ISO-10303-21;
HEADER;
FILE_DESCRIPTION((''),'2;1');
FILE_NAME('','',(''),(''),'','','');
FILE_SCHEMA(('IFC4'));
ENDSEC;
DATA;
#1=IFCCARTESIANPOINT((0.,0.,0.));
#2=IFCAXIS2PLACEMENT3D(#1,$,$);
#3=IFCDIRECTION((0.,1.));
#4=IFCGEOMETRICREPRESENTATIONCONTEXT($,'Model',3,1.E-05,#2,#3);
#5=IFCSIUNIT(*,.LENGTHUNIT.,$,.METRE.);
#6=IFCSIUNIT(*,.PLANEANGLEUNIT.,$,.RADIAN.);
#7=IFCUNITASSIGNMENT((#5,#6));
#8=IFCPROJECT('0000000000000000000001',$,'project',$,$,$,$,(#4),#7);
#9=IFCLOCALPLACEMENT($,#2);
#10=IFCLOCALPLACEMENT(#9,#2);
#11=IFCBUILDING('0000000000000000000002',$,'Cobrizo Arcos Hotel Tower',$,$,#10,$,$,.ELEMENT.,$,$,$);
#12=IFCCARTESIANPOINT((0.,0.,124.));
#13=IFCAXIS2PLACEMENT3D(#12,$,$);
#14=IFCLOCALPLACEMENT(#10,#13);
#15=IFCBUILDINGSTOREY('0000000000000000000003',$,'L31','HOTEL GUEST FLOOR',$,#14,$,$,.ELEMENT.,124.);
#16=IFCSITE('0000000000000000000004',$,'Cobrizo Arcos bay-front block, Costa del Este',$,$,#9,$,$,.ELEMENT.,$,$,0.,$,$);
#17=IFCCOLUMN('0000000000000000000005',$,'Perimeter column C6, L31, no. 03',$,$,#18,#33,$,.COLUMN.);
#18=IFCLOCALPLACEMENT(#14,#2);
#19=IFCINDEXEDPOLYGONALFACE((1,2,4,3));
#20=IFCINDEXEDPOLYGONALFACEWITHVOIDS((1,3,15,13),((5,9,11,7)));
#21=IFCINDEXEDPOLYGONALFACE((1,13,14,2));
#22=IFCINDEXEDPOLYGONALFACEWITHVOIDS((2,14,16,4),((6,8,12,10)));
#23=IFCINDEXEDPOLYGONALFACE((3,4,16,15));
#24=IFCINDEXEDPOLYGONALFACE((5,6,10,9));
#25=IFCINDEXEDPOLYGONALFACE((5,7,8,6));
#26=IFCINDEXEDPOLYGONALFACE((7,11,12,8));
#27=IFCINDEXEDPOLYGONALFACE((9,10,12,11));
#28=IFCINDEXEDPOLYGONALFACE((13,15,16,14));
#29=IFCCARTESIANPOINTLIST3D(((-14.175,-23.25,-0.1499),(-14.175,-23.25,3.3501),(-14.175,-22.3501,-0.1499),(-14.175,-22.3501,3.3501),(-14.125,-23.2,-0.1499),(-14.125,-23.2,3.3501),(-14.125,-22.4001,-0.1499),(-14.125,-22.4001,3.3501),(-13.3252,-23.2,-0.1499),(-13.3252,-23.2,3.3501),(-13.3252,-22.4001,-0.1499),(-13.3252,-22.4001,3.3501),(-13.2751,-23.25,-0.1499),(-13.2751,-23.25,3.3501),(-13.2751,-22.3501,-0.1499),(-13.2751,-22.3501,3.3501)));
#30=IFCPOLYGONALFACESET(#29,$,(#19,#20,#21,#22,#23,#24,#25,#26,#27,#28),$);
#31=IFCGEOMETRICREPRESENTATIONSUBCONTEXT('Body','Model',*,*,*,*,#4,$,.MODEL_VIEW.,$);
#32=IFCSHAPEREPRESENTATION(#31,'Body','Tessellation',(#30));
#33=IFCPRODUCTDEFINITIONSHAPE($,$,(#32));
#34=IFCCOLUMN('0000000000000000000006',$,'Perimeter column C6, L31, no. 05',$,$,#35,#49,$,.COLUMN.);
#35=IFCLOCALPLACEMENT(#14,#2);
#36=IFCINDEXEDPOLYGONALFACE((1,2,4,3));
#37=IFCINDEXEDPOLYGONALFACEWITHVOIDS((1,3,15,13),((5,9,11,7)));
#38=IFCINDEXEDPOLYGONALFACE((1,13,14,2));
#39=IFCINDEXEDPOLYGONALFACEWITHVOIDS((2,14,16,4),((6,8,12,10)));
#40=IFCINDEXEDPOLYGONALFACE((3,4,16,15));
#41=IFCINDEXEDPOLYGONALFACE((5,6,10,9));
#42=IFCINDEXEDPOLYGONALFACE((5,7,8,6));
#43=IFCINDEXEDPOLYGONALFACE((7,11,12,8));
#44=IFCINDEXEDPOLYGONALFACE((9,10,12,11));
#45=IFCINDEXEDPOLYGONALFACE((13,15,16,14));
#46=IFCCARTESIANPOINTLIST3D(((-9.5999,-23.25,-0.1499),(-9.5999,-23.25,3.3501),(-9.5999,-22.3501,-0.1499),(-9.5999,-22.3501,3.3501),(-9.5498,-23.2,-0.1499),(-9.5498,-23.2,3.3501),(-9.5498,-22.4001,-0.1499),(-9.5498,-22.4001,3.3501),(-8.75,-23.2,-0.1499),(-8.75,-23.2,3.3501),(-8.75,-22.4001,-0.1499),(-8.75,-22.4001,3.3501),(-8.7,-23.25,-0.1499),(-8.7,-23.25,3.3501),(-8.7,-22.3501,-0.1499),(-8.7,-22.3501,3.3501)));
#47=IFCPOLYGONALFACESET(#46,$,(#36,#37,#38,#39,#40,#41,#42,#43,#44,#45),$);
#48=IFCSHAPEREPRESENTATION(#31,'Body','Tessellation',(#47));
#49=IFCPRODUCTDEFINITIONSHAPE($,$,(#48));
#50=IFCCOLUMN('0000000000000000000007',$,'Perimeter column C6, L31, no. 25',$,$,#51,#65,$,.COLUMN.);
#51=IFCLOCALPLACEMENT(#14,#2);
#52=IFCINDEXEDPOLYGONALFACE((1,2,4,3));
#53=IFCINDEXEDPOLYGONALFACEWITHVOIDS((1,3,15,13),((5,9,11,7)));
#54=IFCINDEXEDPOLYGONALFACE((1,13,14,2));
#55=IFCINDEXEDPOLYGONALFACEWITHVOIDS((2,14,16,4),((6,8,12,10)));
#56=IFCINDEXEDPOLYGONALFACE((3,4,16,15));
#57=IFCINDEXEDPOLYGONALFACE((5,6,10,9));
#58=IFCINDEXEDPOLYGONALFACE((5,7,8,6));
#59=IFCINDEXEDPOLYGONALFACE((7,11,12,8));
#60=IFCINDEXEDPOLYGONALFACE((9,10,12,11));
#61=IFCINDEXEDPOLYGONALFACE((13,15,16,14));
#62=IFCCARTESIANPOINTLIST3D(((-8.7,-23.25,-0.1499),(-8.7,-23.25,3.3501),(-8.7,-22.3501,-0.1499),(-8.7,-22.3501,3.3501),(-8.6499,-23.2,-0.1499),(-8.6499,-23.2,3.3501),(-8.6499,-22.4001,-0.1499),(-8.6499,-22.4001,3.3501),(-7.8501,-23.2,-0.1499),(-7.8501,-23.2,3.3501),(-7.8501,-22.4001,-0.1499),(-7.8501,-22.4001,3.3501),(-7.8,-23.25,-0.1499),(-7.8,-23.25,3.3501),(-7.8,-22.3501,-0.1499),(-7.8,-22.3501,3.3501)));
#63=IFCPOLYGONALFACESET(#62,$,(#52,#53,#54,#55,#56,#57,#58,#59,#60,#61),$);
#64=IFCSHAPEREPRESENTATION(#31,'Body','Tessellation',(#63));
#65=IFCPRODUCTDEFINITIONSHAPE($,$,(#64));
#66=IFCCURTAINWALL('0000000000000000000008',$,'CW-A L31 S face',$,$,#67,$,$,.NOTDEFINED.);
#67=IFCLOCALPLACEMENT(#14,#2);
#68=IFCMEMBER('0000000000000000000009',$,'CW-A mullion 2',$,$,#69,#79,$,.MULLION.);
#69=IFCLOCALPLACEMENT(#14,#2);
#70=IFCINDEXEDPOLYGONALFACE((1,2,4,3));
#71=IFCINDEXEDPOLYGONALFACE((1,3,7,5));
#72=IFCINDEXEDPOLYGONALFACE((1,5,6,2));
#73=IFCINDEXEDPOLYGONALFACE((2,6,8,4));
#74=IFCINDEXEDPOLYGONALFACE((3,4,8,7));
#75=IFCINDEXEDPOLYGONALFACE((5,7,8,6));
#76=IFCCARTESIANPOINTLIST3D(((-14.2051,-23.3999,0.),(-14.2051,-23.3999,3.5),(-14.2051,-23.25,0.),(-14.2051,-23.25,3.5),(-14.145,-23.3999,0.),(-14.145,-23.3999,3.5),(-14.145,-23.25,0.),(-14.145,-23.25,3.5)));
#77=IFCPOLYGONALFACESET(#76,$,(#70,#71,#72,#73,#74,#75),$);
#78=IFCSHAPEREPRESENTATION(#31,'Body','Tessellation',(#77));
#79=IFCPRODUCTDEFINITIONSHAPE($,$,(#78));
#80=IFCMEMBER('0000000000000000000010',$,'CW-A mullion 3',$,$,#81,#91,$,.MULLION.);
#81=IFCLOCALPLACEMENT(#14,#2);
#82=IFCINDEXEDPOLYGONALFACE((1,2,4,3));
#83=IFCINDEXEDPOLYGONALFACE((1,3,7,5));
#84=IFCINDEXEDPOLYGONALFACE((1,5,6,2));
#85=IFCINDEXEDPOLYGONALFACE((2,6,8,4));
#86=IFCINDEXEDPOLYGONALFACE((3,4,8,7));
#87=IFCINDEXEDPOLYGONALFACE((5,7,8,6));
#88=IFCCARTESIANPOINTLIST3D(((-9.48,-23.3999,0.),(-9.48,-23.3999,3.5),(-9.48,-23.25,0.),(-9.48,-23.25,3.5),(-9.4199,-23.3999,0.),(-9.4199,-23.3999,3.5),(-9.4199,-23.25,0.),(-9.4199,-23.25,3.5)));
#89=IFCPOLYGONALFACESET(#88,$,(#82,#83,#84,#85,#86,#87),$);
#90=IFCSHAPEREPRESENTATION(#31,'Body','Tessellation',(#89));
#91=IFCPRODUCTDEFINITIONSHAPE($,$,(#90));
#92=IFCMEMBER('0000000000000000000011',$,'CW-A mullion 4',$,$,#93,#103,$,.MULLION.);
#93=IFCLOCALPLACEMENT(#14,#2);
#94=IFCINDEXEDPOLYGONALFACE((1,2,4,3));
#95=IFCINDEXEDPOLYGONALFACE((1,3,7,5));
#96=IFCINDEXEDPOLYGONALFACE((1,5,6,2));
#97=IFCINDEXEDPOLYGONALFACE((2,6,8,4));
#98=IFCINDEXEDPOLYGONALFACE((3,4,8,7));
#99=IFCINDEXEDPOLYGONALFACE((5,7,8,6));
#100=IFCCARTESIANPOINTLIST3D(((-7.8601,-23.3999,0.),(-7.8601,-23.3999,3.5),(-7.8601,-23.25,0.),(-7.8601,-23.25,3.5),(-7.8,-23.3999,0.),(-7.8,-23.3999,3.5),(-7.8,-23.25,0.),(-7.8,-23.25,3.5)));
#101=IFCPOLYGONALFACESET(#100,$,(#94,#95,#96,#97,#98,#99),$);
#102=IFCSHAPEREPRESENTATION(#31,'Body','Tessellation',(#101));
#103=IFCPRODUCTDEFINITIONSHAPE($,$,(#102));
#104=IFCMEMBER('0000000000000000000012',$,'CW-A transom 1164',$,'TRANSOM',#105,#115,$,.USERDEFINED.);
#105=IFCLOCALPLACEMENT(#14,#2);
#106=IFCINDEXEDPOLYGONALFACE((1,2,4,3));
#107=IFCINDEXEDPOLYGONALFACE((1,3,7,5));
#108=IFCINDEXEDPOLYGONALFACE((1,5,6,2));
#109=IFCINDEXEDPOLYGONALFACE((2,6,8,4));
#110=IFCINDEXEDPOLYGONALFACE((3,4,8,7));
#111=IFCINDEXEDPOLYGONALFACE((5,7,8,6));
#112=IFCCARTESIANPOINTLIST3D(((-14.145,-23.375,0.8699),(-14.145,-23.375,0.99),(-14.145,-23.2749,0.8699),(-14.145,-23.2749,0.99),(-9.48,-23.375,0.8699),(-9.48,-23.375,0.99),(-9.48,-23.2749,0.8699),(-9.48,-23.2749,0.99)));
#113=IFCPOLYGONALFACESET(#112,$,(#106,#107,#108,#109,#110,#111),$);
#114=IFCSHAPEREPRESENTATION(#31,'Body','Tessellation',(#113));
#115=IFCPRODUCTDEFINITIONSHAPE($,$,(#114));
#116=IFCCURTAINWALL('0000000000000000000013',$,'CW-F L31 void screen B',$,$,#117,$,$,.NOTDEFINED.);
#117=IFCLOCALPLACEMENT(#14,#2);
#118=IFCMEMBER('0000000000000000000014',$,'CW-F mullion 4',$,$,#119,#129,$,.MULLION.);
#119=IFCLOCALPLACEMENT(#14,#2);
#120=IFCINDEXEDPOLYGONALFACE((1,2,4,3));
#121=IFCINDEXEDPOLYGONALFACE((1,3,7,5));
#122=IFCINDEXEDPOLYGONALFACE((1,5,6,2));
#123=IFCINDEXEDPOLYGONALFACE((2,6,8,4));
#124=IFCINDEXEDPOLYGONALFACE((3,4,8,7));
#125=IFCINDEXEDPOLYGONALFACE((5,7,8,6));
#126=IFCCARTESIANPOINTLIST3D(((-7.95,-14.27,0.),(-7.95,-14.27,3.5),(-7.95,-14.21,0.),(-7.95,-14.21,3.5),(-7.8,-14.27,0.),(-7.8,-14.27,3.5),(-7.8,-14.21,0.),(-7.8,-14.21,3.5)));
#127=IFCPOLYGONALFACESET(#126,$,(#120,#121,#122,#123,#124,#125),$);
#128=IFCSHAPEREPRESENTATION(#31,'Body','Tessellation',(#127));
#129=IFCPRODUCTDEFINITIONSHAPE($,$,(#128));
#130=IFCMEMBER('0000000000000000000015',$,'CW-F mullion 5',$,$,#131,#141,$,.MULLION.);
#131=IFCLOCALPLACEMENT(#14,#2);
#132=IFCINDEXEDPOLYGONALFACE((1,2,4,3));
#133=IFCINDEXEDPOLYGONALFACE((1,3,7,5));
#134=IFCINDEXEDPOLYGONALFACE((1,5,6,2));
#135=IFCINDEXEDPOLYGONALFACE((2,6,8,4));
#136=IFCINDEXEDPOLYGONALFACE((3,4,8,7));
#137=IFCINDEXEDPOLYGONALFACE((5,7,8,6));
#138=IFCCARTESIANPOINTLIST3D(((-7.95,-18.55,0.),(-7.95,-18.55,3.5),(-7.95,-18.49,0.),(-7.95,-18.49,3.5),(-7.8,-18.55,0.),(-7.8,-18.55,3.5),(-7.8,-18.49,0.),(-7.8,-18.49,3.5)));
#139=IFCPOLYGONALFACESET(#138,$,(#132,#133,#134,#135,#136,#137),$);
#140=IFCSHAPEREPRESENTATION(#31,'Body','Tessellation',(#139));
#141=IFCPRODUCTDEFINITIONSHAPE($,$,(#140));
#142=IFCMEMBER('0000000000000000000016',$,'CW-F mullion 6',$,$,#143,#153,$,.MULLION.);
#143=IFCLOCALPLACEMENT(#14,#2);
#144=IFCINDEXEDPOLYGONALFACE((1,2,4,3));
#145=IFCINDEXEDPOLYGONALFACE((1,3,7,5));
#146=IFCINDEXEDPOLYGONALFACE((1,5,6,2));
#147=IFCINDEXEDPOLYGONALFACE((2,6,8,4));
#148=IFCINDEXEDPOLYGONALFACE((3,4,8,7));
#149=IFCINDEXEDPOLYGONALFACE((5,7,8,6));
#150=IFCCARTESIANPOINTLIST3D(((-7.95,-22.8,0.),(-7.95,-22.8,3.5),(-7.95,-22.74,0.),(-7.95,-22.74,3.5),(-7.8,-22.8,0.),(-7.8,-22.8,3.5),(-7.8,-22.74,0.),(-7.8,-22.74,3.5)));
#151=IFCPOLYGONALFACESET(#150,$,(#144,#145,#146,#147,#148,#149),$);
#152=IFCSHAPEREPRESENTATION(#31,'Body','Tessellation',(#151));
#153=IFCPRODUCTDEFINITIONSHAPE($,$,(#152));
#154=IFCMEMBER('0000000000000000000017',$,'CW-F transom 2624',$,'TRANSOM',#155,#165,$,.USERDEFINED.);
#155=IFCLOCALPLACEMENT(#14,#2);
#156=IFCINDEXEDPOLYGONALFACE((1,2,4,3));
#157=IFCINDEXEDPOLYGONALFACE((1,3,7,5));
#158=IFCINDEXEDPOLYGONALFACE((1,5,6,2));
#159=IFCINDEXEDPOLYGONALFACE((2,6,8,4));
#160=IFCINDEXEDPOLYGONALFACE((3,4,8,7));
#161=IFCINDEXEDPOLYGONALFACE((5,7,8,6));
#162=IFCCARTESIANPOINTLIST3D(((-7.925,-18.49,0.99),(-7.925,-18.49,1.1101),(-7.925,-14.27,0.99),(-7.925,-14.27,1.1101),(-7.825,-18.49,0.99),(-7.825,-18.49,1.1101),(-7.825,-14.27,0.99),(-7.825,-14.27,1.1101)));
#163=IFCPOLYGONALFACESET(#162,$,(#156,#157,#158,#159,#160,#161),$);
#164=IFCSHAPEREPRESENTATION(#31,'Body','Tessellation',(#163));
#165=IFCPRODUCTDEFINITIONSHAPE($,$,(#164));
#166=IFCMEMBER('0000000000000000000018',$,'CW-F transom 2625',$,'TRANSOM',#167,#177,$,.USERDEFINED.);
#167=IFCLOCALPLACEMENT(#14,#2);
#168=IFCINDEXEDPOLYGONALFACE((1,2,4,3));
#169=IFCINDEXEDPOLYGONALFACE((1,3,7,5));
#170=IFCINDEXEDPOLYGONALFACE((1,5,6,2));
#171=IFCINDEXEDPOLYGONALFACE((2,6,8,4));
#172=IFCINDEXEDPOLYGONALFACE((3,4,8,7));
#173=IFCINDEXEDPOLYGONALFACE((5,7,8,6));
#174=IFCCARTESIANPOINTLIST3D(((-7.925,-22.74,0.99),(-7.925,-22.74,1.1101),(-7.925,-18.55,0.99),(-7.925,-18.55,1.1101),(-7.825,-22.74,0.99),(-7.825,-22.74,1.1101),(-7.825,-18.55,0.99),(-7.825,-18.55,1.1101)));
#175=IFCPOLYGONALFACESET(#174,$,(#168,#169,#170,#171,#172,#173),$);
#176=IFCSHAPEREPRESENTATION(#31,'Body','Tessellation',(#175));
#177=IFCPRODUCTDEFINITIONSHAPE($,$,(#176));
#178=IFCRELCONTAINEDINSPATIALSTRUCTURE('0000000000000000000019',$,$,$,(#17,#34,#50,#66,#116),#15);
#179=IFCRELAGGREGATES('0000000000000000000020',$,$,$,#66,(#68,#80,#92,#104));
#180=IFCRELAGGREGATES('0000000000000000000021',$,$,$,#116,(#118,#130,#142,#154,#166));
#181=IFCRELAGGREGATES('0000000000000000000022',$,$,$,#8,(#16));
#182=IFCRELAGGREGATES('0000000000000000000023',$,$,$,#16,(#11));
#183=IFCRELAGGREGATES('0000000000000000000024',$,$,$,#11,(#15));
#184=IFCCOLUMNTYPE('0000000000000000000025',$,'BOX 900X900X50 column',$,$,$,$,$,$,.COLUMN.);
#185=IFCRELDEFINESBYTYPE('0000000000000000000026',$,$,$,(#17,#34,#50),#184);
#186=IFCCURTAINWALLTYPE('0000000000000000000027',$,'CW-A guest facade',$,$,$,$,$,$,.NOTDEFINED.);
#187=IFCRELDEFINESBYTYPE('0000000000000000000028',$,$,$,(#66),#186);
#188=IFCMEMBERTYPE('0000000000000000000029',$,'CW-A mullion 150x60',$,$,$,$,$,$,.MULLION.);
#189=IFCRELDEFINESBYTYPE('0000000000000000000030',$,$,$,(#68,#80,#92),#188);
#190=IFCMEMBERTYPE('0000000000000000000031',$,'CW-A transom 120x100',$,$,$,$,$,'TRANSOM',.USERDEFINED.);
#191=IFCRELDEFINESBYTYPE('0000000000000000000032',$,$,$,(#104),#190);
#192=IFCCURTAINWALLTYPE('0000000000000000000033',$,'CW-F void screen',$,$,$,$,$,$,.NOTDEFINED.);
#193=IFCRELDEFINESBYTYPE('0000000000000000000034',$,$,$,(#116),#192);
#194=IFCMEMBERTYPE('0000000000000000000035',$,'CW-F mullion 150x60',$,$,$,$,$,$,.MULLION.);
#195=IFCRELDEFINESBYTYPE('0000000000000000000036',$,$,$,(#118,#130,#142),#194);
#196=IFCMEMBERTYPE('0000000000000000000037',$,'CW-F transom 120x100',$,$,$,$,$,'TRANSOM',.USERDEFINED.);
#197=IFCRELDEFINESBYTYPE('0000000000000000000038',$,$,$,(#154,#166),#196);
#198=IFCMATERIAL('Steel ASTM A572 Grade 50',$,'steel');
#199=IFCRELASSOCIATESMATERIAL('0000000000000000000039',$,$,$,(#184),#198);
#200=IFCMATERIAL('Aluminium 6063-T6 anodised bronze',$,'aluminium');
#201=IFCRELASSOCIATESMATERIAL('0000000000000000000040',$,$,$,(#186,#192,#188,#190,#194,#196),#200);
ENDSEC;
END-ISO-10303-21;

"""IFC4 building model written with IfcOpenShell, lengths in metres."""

from ifc_helpers import new_model, si_unit, direction, frame, origin, origin_2d, place, context, subcontext, project, spatial, rectangle, hollow_rectangle, extrude, material, material_profile, profile_set, type_object, element, aggregate, save


model = new_model("IFC4")

# Units and contexts
model_context = context("Model", 3, precision=1e-05, world=origin(), true_north=direction((0.0, 1.0)))
body_context = subcontext(model_context, "Body", "Model", "MODEL_VIEW")
ifc_project = project(units=[si_unit("LENGTHUNIT", "METRE"), si_unit("PLANEANGLEUNIT", "RADIAN")], contexts=[model_context])

# Site, building, storey
site_placement = place(None, origin())
site = spatial("IfcSite", under=ifc_project, at=site_placement, Name="Cobrizo Arcos bay-front block, Costa del Este", CompositionType="ELEMENT", RefElevation=0.0)
building_placement = place(site_placement, origin())
building = spatial("IfcBuilding", under=site, at=building_placement, Name="Cobrizo Arcos Hotel Tower", CompositionType="ELEMENT")
storey_placement = place(building_placement, frame((0.0, 0.0, 124.0)))
storey = spatial("IfcBuildingStorey", under=building, at=storey_placement, Name="L31", Description="HOTEL GUEST FLOOR", CompositionType="ELEMENT", Elevation=124.0)

# Columns
ifc_material_1 = material(Name="Steel ASTM A572 Grade 50", Category="steel")
ifc_material_profile_1 = material_profile(ifc_material_1, hollow_rectangle(XDim=0.8999, YDim=0.8999, WallThickness=0.05, at=origin_2d()), Name="BOX 900X900X50")
ifc_profile_set_1 = profile_set([ifc_material_profile_1], Name="Steel ASTM A572 Grade 50")
column_type = type_object("IfcColumnType", Name="BOX 900X900X50 column", PredefinedType="COLUMN", material=ifc_profile_set_1)
for number, where, z_axis, x_axis, name in (
    (1, (-13.7251, -22.8, -0.1499), (0.0, 0.0, 1.0), (1.0, 0.0, 0.0), "Perimeter column C6, L31, no. 03"),
    (2, (-9.1499, -22.8, -0.1499), (0.0, 0.0, 1.0), (1.0, 0.0, 0.0), "Perimeter column C6, L31, no. 05"),
    (3, (-8.25, -22.8, -0.1499), (0.0, 0.0, 1.0), (1.0, 0.0, 0.0), "Perimeter column C6, L31, no. 25"),
):
    element("IfcColumn", number, at=place(storey_placement, frame(where, z_axis=z_axis, x_axis=x_axis)), inside=storey, type_object=column_type, Name=name, PredefinedType="COLUMN", context=body_context, shape_type="SweptSolid", body=[
        extrude(hollow_rectangle(XDim=0.8999, YDim=0.8999, WallThickness=0.05, at=origin_2d()), origin(), (0.0, 0.0, 1.0), 3.5),
    ])

# Curtain walls, members
ifc_material_2 = material(Name="Aluminium 6063-T6 anodised bronze", Category="aluminium")
curtain_wall_type_1 = type_object("IfcCurtainWallType", Name="CW-A guest facade", PredefinedType="NOTDEFINED", material=ifc_material_2)
curtain_wall_1_placement = place(storey_placement, origin())
curtain_wall_1 = element("IfcCurtainWall", 4, at=curtain_wall_1_placement, inside=storey, type_object=curtain_wall_type_1, Name="CW-A L31 S face", PredefinedType="NOTDEFINED")
ifc_material_profile_2 = material_profile(ifc_material_2, rectangle(XDim=0.1499, YDim=0.0601, at=origin_2d()), Name="CW-A mullion 150x60")
ifc_profile_set_2 = profile_set([ifc_material_profile_2], Name="Aluminium 6063-T6 anodised bronze")
member_type_1 = type_object("IfcMemberType", Name="CW-A mullion 150x60", PredefinedType="MULLION", material=ifc_profile_set_2)
member_1_placement = place(storey_placement, frame((-14.175, -23.325, 0.0), z_axis=(0.0, 0.0, 1.0), x_axis=(0.0, -1.0, 0.0)))
member_1 = element("IfcMember", 5, at=member_1_placement, type_object=member_type_1, Name="CW-A mullion 2", PredefinedType="MULLION", context=body_context, shape_type="SweptSolid", body=[
    extrude(rectangle(XDim=0.1499, YDim=0.0601, at=origin_2d()), origin(), (0.0, 0.0, 1.0), 3.5),
])
member_2_placement = place(storey_placement, frame((-9.45, -23.325, 0.0), z_axis=(0.0, 0.0, 1.0), x_axis=(0.0, -1.0, 0.0)))
member_2 = element("IfcMember", 6, at=member_2_placement, type_object=member_type_1, Name="CW-A mullion 3", PredefinedType="MULLION", context=body_context, shape_type="SweptSolid", body=[
    extrude(rectangle(XDim=0.1499, YDim=0.0601, at=origin_2d()), origin(), (0.0, 0.0, 1.0), 3.5),
])
member_3_placement = place(storey_placement, frame((-7.8301, -23.325, 0.0), z_axis=(0.0, 0.0, 1.0), x_axis=(0.0, -1.0, 0.0)))
member_3 = element("IfcMember", 7, at=member_3_placement, type_object=member_type_1, Name="CW-A mullion 4", PredefinedType="MULLION", context=body_context, shape_type="SweptSolid", body=[
    extrude(rectangle(XDim=0.1499, YDim=0.0601, at=origin_2d()), origin(), (0.0, 0.0, 1.0), 3.5),
])
ifc_material_profile_3 = material_profile(ifc_material_2, rectangle(XDim=0.1001, YDim=0.1201, at=origin_2d()), Name="CW-A transom 120x100")
ifc_profile_set_3 = profile_set([ifc_material_profile_3], Name="Aluminium 6063-T6 anodised bronze")
member_type_2 = type_object("IfcMemberType", Name="CW-A transom 120x100", ElementType="TRANSOM", PredefinedType="USERDEFINED", material=ifc_profile_set_3)
member_4_placement = place(storey_placement, frame((-14.145, -23.325, 0.9299), z_axis=(1.0, 0.0, 0.0), x_axis=(0.0, 1.0, 0.0)))
member_4 = element("IfcMember", 8, at=member_4_placement, type_object=member_type_2, Name="CW-A transom 1164", ObjectType="TRANSOM", PredefinedType="USERDEFINED", context=body_context, shape_type="SweptSolid", body=[
    extrude(rectangle(XDim=0.1001, YDim=0.1201, at=origin_2d()), origin(), (0.0, 0.0, 1.0), 4.665),
])
curtain_wall_type_2 = type_object("IfcCurtainWallType", Name="CW-F void screen", PredefinedType="NOTDEFINED", material=ifc_material_2)
curtain_wall_2_placement = place(storey_placement, origin())
curtain_wall_2 = element("IfcCurtainWall", 9, at=curtain_wall_2_placement, inside=storey, type_object=curtain_wall_type_2, Name="CW-F L31 void screen B", PredefinedType="NOTDEFINED")
ifc_material_profile_4 = material_profile(ifc_material_2, rectangle(XDim=0.1499, YDim=0.0601, at=origin_2d()), Name="CW-F mullion 150x60")
ifc_profile_set_4 = profile_set([ifc_material_profile_4], Name="Aluminium 6063-T6 anodised bronze")
member_type_3 = type_object("IfcMemberType", Name="CW-F mullion 150x60", PredefinedType="MULLION", material=ifc_profile_set_4)
member_5_placement = place(storey_placement, frame((-7.875, -14.24, 0.0), z_axis=(0.0, 0.0, 1.0), x_axis=(-1.0, 0.0, 0.0)))
member_5 = element("IfcMember", 10, at=member_5_placement, type_object=member_type_3, Name="CW-F mullion 4", PredefinedType="MULLION", context=body_context, shape_type="SweptSolid", body=[
    extrude(rectangle(XDim=0.1499, YDim=0.0601, at=origin_2d()), origin(), (0.0, 0.0, 1.0), 3.5),
])
member_6_placement = place(storey_placement, frame((-7.875, -18.52, 0.0), z_axis=(0.0, 0.0, 1.0), x_axis=(-1.0, 0.0, 0.0)))
member_6 = element("IfcMember", 11, at=member_6_placement, type_object=member_type_3, Name="CW-F mullion 5", PredefinedType="MULLION", context=body_context, shape_type="SweptSolid", body=[
    extrude(rectangle(XDim=0.1499, YDim=0.0601, at=origin_2d()), origin(), (0.0, 0.0, 1.0), 3.5),
])
member_7_placement = place(storey_placement, frame((-7.875, -22.77, 0.0), z_axis=(0.0, 0.0, 1.0), x_axis=(-1.0, 0.0, 0.0)))
member_7 = element("IfcMember", 12, at=member_7_placement, type_object=member_type_3, Name="CW-F mullion 6", PredefinedType="MULLION", context=body_context, shape_type="SweptSolid", body=[
    extrude(rectangle(XDim=0.1499, YDim=0.0601, at=origin_2d()), origin(), (0.0, 0.0, 1.0), 3.5),
])
ifc_material_profile_5 = material_profile(ifc_material_2, rectangle(XDim=0.1001, YDim=0.1201, at=origin_2d()), Name="CW-F transom 120x100")
ifc_profile_set_5 = profile_set([ifc_material_profile_5], Name="Aluminium 6063-T6 anodised bronze")
member_type_4 = type_object("IfcMemberType", Name="CW-F transom 120x100", ElementType="TRANSOM", PredefinedType="USERDEFINED", material=ifc_profile_set_5)
member_8_placement = place(storey_placement, frame((-7.875, -14.27, 1.05), z_axis=(0.0, -1.0, 0.0), x_axis=(1.0, 0.0, 0.0)))
member_8 = element("IfcMember", 13, at=member_8_placement, type_object=member_type_4, Name="CW-F transom 2624", ObjectType="TRANSOM", PredefinedType="USERDEFINED", context=body_context, shape_type="SweptSolid", body=[
    extrude(rectangle(XDim=0.1001, YDim=0.1201, at=origin_2d()), origin(), (0.0, 0.0, 1.0), 4.22),
])
member_9_placement = place(storey_placement, frame((-7.875, -18.55, 1.05), z_axis=(0.0, -1.0, 0.0), x_axis=(1.0, 0.0, 0.0)))
member_9 = element("IfcMember", 14, at=member_9_placement, type_object=member_type_4, Name="CW-F transom 2625", ObjectType="TRANSOM", PredefinedType="USERDEFINED", context=body_context, shape_type="SweptSolid", body=[
    extrude(rectangle(XDim=0.1001, YDim=0.1201, at=origin_2d()), origin(), (0.0, 0.0, 1.0), 4.1899),
])

aggregate(curtain_wall_1, [member_1, member_2, member_3, member_4])
aggregate(curtain_wall_2, [member_5, member_6, member_7, member_8, member_9])

save(model, "model.ifc")
